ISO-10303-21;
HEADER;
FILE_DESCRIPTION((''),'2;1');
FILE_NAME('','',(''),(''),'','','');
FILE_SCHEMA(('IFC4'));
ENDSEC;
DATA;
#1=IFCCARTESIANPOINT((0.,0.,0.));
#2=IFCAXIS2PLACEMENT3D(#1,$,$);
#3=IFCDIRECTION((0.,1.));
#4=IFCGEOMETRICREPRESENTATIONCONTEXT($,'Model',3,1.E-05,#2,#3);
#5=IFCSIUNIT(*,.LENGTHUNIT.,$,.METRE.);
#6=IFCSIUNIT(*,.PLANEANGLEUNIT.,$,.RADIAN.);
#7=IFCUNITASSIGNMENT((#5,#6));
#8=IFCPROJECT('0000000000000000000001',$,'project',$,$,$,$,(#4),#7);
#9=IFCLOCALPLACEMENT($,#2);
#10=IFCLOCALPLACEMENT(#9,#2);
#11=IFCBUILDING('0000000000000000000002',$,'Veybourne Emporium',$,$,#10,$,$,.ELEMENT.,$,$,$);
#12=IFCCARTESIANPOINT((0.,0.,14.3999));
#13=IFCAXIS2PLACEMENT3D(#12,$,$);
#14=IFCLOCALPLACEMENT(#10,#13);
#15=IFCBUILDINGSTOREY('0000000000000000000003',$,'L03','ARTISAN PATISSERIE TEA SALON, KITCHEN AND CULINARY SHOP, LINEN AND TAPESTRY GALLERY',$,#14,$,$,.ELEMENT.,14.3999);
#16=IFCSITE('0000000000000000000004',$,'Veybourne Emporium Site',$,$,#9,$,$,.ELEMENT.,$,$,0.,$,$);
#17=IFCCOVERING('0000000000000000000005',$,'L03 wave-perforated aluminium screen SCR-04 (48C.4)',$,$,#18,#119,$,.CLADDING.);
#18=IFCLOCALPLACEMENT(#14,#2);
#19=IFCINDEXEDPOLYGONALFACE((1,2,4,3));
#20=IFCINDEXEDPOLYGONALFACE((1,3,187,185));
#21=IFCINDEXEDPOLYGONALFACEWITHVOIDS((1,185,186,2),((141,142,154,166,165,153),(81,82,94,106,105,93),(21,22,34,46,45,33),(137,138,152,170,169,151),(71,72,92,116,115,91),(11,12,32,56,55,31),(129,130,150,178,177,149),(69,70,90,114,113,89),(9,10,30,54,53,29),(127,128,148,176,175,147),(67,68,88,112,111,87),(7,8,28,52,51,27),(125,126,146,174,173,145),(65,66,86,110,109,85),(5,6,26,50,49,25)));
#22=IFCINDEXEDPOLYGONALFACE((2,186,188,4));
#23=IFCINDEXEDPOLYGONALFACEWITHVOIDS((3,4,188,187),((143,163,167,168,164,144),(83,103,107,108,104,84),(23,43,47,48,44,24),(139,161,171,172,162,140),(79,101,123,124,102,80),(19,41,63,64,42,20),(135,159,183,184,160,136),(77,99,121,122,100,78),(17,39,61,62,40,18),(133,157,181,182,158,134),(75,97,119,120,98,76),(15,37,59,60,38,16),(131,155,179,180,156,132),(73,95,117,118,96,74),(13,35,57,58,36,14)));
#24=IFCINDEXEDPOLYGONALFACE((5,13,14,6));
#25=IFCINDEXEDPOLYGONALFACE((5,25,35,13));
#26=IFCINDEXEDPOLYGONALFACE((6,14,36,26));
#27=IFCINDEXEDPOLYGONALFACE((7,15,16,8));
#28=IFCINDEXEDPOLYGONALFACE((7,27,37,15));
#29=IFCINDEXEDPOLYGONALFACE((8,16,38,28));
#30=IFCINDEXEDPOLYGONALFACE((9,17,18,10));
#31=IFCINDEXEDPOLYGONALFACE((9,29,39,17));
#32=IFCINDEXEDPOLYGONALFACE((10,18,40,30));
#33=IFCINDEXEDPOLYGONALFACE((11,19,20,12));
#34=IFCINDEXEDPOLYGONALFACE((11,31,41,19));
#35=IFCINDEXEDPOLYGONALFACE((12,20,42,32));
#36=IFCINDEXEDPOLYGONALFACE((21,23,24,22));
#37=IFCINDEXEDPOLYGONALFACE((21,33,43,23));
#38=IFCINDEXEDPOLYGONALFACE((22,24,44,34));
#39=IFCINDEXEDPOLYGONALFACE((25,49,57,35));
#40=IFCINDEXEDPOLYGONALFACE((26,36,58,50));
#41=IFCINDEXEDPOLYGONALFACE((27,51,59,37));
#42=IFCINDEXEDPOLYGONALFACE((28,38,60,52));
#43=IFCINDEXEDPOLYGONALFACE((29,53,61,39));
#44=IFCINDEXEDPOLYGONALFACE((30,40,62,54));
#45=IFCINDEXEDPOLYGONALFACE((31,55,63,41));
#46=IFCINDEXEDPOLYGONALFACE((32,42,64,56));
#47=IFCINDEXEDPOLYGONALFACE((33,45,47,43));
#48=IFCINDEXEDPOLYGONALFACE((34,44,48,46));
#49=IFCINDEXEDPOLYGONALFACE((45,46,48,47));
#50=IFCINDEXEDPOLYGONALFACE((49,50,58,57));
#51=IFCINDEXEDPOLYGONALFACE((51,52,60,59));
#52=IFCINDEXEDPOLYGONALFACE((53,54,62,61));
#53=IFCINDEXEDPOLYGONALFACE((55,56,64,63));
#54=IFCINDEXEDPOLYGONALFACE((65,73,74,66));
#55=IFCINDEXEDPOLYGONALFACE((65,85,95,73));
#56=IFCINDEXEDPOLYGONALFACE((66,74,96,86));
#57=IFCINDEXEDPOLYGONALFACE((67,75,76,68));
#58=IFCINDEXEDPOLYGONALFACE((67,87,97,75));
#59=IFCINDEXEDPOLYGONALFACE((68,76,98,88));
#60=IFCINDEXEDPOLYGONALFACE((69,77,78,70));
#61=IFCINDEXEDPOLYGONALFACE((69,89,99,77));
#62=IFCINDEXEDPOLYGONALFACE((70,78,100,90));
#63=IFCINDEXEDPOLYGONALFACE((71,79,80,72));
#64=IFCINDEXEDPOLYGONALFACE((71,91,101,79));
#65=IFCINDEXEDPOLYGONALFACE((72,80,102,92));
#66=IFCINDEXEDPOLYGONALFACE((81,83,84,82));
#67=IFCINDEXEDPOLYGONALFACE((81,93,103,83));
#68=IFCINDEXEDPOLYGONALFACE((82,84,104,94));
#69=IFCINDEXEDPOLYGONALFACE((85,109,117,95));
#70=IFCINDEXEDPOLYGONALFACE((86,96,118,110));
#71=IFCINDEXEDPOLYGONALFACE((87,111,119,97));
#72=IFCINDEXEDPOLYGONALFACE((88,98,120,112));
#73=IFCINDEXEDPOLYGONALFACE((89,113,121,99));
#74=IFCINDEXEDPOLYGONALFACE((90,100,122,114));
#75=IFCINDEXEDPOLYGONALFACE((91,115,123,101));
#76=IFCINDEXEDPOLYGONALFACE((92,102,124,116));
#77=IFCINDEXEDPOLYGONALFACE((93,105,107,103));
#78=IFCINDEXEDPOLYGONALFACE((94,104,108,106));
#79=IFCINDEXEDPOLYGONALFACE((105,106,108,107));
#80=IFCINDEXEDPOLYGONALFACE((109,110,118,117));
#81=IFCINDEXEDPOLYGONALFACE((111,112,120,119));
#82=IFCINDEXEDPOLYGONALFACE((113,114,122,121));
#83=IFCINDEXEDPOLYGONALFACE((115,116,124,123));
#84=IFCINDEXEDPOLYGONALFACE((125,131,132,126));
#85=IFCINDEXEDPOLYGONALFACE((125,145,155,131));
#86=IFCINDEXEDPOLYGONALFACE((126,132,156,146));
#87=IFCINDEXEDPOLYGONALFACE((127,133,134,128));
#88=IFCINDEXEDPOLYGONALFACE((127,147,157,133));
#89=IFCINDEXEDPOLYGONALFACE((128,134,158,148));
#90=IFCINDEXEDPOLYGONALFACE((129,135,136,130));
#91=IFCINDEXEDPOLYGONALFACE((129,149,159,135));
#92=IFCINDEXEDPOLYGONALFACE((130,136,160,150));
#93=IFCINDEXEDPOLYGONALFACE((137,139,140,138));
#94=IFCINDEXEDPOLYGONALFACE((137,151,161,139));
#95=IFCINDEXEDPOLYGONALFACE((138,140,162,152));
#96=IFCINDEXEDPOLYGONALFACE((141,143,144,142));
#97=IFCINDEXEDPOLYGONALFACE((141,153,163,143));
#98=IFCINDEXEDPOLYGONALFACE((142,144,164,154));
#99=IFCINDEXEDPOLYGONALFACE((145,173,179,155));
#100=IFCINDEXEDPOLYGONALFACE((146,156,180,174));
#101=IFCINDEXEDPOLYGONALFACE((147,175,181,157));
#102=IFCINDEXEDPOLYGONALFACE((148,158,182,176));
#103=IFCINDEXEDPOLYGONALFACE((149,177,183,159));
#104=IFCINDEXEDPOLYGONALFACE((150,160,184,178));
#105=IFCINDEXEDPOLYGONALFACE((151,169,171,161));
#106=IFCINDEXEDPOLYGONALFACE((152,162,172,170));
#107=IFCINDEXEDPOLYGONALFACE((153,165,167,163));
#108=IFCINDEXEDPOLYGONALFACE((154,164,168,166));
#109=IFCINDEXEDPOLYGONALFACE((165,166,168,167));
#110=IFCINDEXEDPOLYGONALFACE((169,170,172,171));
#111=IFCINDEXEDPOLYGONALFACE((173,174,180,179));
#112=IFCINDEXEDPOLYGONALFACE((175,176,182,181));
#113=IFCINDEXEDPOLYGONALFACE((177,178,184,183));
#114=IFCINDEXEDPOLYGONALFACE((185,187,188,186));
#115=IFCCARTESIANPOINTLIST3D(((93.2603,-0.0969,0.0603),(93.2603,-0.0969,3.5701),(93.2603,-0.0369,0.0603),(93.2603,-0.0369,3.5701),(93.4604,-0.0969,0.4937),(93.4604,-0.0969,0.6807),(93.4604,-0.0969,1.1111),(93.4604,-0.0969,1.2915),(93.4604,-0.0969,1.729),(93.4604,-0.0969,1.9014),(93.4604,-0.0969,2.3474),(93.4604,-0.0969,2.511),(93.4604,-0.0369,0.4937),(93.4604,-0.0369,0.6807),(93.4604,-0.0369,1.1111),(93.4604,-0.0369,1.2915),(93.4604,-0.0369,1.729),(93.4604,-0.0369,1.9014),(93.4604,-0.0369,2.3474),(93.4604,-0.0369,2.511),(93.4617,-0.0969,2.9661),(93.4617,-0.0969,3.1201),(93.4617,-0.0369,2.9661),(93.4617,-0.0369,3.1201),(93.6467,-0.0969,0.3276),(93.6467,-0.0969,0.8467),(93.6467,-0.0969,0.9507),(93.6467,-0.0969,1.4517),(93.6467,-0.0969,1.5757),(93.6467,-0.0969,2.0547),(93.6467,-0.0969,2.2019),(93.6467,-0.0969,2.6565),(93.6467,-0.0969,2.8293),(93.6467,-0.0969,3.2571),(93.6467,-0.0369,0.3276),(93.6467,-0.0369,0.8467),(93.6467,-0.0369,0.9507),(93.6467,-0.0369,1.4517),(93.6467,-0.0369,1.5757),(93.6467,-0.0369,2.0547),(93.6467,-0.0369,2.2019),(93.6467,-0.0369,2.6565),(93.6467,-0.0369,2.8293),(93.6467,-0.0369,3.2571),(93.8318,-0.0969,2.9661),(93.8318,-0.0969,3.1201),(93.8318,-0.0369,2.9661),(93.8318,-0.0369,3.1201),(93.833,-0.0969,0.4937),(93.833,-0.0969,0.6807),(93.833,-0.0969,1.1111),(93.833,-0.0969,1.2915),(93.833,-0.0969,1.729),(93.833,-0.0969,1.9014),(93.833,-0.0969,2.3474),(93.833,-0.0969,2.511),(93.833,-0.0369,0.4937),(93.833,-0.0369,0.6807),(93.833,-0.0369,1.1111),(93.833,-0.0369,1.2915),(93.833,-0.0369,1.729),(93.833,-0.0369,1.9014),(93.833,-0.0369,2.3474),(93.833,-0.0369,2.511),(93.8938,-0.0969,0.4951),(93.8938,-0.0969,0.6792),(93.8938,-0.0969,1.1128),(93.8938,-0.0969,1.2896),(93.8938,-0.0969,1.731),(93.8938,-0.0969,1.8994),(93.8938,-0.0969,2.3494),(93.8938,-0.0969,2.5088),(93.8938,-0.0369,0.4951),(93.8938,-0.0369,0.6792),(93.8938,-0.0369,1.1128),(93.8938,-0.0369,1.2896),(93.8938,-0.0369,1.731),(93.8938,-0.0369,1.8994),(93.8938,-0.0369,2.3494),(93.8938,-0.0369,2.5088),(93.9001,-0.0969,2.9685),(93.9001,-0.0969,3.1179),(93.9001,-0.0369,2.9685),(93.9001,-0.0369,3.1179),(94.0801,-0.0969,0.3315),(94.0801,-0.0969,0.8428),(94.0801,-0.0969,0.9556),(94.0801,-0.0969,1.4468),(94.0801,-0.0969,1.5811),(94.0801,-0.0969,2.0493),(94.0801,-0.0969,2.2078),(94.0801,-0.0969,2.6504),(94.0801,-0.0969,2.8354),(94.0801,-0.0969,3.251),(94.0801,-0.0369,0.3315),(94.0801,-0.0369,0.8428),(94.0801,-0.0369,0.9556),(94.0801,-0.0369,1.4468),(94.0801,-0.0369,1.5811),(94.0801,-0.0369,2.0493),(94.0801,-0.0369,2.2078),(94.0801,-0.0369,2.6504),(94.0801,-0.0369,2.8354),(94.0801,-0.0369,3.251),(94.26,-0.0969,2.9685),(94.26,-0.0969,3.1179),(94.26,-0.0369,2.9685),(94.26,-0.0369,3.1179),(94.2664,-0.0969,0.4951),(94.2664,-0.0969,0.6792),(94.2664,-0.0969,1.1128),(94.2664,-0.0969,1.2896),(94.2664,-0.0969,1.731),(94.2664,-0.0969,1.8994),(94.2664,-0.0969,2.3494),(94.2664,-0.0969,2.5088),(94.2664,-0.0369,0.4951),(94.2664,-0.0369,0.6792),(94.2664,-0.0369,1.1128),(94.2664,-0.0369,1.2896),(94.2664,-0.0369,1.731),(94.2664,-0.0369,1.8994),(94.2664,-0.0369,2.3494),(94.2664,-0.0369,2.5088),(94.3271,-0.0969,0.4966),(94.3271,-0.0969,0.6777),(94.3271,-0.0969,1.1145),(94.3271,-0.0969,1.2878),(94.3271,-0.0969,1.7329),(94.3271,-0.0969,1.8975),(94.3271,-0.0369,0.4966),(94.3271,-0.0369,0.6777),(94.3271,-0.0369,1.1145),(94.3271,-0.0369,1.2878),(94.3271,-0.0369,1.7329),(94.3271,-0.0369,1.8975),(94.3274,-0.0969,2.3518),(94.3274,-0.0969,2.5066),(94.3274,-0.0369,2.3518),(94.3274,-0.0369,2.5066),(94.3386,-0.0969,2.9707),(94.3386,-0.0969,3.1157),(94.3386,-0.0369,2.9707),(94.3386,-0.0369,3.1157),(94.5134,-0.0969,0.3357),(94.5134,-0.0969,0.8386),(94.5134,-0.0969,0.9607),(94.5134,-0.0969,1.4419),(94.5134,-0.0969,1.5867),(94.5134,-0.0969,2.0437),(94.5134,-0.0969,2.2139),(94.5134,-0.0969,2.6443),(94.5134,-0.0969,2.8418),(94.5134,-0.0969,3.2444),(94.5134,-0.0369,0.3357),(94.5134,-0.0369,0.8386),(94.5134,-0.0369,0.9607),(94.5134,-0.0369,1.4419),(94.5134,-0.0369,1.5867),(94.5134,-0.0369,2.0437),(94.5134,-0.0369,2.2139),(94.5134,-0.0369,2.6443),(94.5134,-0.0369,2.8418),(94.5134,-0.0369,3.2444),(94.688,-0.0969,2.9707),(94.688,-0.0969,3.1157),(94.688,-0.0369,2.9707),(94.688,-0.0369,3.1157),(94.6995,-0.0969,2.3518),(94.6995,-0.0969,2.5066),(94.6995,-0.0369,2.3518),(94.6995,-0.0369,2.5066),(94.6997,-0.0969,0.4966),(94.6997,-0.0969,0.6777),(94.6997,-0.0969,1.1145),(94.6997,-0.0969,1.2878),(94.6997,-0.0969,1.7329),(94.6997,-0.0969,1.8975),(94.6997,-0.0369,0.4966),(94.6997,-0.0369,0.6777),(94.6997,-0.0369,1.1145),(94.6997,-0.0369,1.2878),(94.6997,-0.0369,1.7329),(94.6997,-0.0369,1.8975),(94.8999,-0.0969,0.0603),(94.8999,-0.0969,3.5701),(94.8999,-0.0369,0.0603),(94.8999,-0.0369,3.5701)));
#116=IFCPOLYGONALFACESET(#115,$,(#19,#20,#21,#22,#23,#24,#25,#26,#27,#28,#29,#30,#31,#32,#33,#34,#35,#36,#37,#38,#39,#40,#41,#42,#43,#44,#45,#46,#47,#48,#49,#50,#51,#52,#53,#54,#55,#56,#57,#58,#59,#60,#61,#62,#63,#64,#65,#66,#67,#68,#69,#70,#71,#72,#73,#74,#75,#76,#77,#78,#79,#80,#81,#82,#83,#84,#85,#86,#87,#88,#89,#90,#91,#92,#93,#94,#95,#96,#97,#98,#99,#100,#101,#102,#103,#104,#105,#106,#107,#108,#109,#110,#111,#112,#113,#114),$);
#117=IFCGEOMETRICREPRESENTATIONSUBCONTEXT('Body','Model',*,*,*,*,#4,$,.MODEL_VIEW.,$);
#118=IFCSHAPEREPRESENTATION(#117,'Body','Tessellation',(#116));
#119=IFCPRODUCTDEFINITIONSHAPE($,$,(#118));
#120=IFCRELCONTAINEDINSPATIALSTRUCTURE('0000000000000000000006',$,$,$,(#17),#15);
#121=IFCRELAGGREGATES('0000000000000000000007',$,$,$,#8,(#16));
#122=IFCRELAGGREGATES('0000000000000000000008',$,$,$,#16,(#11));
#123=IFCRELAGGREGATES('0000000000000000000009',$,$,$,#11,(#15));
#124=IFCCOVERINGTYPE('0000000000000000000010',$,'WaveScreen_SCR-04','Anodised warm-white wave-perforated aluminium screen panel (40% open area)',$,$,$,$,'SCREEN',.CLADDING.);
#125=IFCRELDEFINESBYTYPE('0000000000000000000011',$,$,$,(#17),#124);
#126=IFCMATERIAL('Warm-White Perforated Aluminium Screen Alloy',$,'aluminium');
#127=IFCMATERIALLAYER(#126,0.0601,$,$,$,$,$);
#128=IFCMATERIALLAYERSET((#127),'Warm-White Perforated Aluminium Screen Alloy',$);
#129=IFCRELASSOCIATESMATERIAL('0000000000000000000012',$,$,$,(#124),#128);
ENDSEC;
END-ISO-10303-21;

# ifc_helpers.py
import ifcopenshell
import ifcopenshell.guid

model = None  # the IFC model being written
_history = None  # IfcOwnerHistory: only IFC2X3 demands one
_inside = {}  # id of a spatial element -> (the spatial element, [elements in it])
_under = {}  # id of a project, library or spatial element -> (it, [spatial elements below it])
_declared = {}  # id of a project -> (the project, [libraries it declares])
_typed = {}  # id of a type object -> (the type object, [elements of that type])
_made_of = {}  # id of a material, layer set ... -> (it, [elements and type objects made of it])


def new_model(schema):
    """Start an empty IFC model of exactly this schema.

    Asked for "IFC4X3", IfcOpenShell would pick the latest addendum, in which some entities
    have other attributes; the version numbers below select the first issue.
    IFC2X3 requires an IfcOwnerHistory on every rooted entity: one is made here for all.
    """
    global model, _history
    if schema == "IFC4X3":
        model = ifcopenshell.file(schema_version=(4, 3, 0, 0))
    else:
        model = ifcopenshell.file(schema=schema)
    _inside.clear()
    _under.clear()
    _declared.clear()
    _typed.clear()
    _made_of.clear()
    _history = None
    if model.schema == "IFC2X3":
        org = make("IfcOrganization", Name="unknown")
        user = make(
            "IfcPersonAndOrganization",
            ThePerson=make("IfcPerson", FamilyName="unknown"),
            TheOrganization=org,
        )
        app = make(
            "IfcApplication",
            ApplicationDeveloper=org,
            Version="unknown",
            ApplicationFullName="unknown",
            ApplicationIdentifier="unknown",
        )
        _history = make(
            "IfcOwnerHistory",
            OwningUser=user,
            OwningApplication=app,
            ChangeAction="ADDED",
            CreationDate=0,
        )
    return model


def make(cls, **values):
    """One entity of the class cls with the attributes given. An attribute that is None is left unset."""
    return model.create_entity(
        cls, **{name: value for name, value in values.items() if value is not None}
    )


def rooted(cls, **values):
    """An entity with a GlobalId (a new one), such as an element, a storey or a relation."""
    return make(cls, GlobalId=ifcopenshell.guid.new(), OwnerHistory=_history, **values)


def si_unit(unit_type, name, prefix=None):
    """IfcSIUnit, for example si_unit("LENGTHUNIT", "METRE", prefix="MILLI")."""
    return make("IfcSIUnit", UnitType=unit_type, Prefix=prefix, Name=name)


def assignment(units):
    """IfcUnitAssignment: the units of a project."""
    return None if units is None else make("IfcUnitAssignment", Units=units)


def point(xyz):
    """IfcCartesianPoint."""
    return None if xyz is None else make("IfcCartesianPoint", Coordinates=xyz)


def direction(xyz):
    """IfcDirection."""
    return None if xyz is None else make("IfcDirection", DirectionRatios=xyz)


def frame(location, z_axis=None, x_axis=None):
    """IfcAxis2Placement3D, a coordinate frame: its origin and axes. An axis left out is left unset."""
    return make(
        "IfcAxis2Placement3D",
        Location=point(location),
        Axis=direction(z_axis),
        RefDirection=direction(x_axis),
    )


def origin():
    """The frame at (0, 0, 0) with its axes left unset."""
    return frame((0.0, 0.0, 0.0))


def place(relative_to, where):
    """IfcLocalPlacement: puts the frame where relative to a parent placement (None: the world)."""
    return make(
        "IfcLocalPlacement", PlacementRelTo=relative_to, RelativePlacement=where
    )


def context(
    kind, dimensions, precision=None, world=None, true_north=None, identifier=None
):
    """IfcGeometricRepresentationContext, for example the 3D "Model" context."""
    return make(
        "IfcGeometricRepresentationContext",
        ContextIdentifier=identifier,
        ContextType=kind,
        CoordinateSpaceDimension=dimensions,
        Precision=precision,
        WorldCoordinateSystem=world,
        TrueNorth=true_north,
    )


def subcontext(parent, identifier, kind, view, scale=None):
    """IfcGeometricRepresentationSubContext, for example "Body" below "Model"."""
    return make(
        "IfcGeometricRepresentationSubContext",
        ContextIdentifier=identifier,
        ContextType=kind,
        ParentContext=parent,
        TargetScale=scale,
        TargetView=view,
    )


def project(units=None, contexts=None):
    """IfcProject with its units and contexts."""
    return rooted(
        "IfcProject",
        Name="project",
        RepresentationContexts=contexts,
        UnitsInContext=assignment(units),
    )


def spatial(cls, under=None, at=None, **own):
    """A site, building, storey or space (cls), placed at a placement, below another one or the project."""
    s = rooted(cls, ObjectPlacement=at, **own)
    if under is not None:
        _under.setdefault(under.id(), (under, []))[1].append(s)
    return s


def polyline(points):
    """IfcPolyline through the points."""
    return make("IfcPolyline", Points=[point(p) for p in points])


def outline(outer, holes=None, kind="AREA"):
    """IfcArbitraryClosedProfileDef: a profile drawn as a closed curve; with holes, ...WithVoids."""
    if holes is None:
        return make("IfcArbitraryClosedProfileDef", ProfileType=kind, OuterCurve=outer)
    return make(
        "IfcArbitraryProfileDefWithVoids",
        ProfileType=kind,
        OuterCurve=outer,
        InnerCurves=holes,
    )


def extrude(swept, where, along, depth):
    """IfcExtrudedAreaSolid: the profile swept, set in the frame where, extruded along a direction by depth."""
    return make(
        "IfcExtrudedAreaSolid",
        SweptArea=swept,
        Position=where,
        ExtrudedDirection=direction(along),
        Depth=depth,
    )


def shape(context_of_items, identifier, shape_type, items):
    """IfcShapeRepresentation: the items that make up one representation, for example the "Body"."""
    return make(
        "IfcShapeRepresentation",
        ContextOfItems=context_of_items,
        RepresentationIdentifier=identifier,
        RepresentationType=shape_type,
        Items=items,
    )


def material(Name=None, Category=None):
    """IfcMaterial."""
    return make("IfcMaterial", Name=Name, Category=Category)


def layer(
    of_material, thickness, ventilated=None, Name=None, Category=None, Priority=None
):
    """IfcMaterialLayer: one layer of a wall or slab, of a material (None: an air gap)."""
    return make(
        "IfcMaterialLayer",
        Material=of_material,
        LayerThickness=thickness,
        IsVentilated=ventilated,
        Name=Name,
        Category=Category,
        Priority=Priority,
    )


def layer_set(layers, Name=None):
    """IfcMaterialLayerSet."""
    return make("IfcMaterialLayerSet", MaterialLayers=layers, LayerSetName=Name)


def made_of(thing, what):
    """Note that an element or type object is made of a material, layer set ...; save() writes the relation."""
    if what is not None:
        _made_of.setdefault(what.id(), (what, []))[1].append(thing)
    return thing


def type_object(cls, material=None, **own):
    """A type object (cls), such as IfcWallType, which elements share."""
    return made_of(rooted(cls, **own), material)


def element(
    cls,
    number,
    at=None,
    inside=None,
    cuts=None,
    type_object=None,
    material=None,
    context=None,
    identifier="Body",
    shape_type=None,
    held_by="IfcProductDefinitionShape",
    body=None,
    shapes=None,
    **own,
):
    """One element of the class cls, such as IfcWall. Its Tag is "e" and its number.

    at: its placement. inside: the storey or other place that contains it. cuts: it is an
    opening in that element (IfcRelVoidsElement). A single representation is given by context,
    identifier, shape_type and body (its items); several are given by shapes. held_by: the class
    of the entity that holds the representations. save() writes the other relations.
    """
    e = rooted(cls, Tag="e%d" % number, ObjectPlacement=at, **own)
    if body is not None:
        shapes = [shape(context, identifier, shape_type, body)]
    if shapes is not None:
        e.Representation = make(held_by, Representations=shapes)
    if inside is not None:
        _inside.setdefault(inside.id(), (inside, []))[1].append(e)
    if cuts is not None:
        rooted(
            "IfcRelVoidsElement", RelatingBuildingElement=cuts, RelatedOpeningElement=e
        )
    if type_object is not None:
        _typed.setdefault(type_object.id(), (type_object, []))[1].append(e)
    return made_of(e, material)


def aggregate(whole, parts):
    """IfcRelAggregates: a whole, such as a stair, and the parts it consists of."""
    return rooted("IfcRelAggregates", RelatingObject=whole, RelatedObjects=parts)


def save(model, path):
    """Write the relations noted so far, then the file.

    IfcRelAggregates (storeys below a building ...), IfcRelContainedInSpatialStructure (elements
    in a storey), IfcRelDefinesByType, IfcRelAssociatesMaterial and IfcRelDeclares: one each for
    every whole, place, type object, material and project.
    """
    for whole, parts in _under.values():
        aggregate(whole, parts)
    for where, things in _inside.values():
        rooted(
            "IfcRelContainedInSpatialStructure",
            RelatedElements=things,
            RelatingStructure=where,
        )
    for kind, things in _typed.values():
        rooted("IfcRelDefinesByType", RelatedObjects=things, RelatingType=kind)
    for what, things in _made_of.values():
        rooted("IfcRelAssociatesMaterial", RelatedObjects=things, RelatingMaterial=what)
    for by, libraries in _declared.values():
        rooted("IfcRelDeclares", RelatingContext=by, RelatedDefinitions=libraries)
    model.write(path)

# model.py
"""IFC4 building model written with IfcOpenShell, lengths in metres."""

from ifc_helpers import new_model, si_unit, direction, frame, origin, place, context, subcontext, project, spatial, polyline, outline, extrude, material, layer, layer_set, type_object, element, save


model = new_model("IFC4")

# Units and contexts
model_context = context("Model", 3, precision=1e-05, world=origin(), true_north=direction((0.0, 1.0)))
body_context = subcontext(model_context, "Body", "Model", "MODEL_VIEW")
ifc_project = project(units=[si_unit("LENGTHUNIT", "METRE"), si_unit("PLANEANGLEUNIT", "RADIAN")], contexts=[model_context])

# Site, building, storey
site_placement = place(None, origin())
site = spatial("IfcSite", under=ifc_project, at=site_placement, Name="Veybourne Emporium Site", CompositionType="ELEMENT", RefElevation=0.0)
building_placement = place(site_placement, origin())
building = spatial("IfcBuilding", under=site, at=building_placement, Name="Veybourne Emporium", CompositionType="ELEMENT")
storey_placement = place(building_placement, frame((0.0, 0.0, 14.3999)))
storey = spatial("IfcBuildingStorey", under=building, at=storey_placement, Name="L03", Description="ARTISAN PATISSERIE TEA SALON, KITCHEN AND CULINARY SHOP, LINEN AND TAPESTRY GALLERY", CompositionType="ELEMENT", Elevation=14.3999)

# Covering
ifc_material_1 = material(Name="Warm-White Perforated Aluminium Screen Alloy", Category="aluminium")
ifc_layer_1 = layer(ifc_material_1, 0.0601)
ifc_layer_set_1 = layer_set([ifc_layer_1], Name="Warm-White Perforated Aluminium Screen Alloy")
covering_type_1 = type_object("IfcCoveringType", Name="WaveScreen_SCR-04", Description="Anodised warm-white wave-perforated aluminium screen panel (40% open area)", ElementType="SCREEN", PredefinedType="CLADDING", material=ifc_layer_set_1)
covering_1_placement = place(storey_placement, frame((94.0801, -0.0969, 1.8152), z_axis=(0.0, 1.0, 0.0), x_axis=(-1.0, 0.0, 0.0)))
element("IfcCovering", 1, at=covering_1_placement, inside=storey, type_object=covering_type_1, Name="L03 wave-perforated aluminium screen SCR-04 (48C.4)", PredefinedType="CLADDING", context=body_context, shape_type="SweptSolid", body=[
    extrude(outline(polyline([(-0.8198, -1.7549), (0.8198, -1.7549), (0.8198, 1.7549), (-0.8198, 1.7549), (-0.8198, -1.7549)]), holes=[polyline([(-0.4333, -0.9766), (-0.2471, -1.1375), (-0.2471, -1.3186), (-0.4333, -1.4795), (-0.6196, -1.3186), (-0.6196, -1.1375), (-0.4333, -0.9766)]), polyline([(-0.4333, -0.3733), (-0.2471, -0.5273), (-0.2471, -0.7007), (-0.4333, -0.8545), (-0.6196, -0.7007), (-0.6196, -0.5273), (-0.4333, -0.3733)]), polyline([(-0.4333, 0.2285), (-0.2471, 0.0823), (-0.2471, -0.0823), (-0.4333, -0.2285), (-0.6196, -0.0823), (-0.6196, 0.0823), (-0.4333, 0.2285)]), polyline([(-0.4333, 0.8291), (-0.2473, 0.6914), (-0.2473, 0.5366), (-0.4333, 0.3987), (-0.6194, 0.5366), (-0.6194, 0.6914), (-0.4333, 0.8291)]), polyline([(-0.4333, 1.4292), (-0.2585, 1.3005), (-0.2585, 1.1555), (-0.4333, 1.0266), (-0.6079, 1.1555), (-0.6079, 1.3005), (-0.4333, 1.4292)]), polyline([(0.0, -0.9724), (0.1863, -1.136), (0.1863, -1.3201), (0.0, -1.4836), (-0.1863, -1.3201), (-0.1863, -1.136), (0.0, -0.9724)]), polyline([(0.0, -0.3684), (0.1863, -0.5256), (0.1863, -0.7024), (0.0, -0.8596), (-0.1863, -0.7024), (-0.1863, -0.5256), (0.0, -0.3684)]), polyline([(0.0, 0.2341), (0.1863, 0.0842), (0.1863, -0.0842), (0.0, -0.2341), (-0.1863, -0.0842), (-0.1863, 0.0842), (0.0, 0.2341)]), polyline([(0.0, 0.8352), (0.1863, 0.6936), (0.1863, 0.5342), (0.0, 0.3926), (-0.1863, 0.5342), (-0.1863, 0.6936), (0.0, 0.8352)]), polyline([(0.0, 1.4358), (0.1799, 1.3027), (0.1799, 1.1533), (0.0, 1.0203), (-0.1799, 1.1533), (-0.1799, 1.3027), (0.0, 1.4358)]), polyline([(0.4333, -0.9685), (0.6196, -1.1345), (0.6196, -1.3215), (0.4333, -1.4875), (0.2471, -1.3215), (0.2471, -1.1345), (0.4333, -0.9685)]), polyline([(0.4333, -0.3635), (0.6196, -0.5237), (0.6196, -0.7041), (0.4333, -0.8645), (0.2471, -0.7041), (0.2471, -0.5237), (0.4333, -0.3635)]), polyline([(0.4333, 0.2395), (0.6196, 0.0862), (0.6196, -0.0862), (0.4333, -0.2395), (0.2471, -0.0862), (0.2471, 0.0862), (0.4333, 0.2395)]), polyline([(0.4333, 0.8413), (0.6196, 0.6958), (0.6196, 0.5322), (0.4333, 0.3867), (0.2471, 0.5322), (0.2471, 0.6958), (0.4333, 0.8413)]), polyline([(0.4333, 1.4419), (0.6184, 1.3049), (0.6184, 1.1509), (0.4333, 1.0142), (0.2483, 1.1509), (0.2483, 1.3049), (0.4333, 1.4419)])]), origin(), (0.0, 0.0, 1.0), 0.0601),
])

save(model, "model.ifc")
